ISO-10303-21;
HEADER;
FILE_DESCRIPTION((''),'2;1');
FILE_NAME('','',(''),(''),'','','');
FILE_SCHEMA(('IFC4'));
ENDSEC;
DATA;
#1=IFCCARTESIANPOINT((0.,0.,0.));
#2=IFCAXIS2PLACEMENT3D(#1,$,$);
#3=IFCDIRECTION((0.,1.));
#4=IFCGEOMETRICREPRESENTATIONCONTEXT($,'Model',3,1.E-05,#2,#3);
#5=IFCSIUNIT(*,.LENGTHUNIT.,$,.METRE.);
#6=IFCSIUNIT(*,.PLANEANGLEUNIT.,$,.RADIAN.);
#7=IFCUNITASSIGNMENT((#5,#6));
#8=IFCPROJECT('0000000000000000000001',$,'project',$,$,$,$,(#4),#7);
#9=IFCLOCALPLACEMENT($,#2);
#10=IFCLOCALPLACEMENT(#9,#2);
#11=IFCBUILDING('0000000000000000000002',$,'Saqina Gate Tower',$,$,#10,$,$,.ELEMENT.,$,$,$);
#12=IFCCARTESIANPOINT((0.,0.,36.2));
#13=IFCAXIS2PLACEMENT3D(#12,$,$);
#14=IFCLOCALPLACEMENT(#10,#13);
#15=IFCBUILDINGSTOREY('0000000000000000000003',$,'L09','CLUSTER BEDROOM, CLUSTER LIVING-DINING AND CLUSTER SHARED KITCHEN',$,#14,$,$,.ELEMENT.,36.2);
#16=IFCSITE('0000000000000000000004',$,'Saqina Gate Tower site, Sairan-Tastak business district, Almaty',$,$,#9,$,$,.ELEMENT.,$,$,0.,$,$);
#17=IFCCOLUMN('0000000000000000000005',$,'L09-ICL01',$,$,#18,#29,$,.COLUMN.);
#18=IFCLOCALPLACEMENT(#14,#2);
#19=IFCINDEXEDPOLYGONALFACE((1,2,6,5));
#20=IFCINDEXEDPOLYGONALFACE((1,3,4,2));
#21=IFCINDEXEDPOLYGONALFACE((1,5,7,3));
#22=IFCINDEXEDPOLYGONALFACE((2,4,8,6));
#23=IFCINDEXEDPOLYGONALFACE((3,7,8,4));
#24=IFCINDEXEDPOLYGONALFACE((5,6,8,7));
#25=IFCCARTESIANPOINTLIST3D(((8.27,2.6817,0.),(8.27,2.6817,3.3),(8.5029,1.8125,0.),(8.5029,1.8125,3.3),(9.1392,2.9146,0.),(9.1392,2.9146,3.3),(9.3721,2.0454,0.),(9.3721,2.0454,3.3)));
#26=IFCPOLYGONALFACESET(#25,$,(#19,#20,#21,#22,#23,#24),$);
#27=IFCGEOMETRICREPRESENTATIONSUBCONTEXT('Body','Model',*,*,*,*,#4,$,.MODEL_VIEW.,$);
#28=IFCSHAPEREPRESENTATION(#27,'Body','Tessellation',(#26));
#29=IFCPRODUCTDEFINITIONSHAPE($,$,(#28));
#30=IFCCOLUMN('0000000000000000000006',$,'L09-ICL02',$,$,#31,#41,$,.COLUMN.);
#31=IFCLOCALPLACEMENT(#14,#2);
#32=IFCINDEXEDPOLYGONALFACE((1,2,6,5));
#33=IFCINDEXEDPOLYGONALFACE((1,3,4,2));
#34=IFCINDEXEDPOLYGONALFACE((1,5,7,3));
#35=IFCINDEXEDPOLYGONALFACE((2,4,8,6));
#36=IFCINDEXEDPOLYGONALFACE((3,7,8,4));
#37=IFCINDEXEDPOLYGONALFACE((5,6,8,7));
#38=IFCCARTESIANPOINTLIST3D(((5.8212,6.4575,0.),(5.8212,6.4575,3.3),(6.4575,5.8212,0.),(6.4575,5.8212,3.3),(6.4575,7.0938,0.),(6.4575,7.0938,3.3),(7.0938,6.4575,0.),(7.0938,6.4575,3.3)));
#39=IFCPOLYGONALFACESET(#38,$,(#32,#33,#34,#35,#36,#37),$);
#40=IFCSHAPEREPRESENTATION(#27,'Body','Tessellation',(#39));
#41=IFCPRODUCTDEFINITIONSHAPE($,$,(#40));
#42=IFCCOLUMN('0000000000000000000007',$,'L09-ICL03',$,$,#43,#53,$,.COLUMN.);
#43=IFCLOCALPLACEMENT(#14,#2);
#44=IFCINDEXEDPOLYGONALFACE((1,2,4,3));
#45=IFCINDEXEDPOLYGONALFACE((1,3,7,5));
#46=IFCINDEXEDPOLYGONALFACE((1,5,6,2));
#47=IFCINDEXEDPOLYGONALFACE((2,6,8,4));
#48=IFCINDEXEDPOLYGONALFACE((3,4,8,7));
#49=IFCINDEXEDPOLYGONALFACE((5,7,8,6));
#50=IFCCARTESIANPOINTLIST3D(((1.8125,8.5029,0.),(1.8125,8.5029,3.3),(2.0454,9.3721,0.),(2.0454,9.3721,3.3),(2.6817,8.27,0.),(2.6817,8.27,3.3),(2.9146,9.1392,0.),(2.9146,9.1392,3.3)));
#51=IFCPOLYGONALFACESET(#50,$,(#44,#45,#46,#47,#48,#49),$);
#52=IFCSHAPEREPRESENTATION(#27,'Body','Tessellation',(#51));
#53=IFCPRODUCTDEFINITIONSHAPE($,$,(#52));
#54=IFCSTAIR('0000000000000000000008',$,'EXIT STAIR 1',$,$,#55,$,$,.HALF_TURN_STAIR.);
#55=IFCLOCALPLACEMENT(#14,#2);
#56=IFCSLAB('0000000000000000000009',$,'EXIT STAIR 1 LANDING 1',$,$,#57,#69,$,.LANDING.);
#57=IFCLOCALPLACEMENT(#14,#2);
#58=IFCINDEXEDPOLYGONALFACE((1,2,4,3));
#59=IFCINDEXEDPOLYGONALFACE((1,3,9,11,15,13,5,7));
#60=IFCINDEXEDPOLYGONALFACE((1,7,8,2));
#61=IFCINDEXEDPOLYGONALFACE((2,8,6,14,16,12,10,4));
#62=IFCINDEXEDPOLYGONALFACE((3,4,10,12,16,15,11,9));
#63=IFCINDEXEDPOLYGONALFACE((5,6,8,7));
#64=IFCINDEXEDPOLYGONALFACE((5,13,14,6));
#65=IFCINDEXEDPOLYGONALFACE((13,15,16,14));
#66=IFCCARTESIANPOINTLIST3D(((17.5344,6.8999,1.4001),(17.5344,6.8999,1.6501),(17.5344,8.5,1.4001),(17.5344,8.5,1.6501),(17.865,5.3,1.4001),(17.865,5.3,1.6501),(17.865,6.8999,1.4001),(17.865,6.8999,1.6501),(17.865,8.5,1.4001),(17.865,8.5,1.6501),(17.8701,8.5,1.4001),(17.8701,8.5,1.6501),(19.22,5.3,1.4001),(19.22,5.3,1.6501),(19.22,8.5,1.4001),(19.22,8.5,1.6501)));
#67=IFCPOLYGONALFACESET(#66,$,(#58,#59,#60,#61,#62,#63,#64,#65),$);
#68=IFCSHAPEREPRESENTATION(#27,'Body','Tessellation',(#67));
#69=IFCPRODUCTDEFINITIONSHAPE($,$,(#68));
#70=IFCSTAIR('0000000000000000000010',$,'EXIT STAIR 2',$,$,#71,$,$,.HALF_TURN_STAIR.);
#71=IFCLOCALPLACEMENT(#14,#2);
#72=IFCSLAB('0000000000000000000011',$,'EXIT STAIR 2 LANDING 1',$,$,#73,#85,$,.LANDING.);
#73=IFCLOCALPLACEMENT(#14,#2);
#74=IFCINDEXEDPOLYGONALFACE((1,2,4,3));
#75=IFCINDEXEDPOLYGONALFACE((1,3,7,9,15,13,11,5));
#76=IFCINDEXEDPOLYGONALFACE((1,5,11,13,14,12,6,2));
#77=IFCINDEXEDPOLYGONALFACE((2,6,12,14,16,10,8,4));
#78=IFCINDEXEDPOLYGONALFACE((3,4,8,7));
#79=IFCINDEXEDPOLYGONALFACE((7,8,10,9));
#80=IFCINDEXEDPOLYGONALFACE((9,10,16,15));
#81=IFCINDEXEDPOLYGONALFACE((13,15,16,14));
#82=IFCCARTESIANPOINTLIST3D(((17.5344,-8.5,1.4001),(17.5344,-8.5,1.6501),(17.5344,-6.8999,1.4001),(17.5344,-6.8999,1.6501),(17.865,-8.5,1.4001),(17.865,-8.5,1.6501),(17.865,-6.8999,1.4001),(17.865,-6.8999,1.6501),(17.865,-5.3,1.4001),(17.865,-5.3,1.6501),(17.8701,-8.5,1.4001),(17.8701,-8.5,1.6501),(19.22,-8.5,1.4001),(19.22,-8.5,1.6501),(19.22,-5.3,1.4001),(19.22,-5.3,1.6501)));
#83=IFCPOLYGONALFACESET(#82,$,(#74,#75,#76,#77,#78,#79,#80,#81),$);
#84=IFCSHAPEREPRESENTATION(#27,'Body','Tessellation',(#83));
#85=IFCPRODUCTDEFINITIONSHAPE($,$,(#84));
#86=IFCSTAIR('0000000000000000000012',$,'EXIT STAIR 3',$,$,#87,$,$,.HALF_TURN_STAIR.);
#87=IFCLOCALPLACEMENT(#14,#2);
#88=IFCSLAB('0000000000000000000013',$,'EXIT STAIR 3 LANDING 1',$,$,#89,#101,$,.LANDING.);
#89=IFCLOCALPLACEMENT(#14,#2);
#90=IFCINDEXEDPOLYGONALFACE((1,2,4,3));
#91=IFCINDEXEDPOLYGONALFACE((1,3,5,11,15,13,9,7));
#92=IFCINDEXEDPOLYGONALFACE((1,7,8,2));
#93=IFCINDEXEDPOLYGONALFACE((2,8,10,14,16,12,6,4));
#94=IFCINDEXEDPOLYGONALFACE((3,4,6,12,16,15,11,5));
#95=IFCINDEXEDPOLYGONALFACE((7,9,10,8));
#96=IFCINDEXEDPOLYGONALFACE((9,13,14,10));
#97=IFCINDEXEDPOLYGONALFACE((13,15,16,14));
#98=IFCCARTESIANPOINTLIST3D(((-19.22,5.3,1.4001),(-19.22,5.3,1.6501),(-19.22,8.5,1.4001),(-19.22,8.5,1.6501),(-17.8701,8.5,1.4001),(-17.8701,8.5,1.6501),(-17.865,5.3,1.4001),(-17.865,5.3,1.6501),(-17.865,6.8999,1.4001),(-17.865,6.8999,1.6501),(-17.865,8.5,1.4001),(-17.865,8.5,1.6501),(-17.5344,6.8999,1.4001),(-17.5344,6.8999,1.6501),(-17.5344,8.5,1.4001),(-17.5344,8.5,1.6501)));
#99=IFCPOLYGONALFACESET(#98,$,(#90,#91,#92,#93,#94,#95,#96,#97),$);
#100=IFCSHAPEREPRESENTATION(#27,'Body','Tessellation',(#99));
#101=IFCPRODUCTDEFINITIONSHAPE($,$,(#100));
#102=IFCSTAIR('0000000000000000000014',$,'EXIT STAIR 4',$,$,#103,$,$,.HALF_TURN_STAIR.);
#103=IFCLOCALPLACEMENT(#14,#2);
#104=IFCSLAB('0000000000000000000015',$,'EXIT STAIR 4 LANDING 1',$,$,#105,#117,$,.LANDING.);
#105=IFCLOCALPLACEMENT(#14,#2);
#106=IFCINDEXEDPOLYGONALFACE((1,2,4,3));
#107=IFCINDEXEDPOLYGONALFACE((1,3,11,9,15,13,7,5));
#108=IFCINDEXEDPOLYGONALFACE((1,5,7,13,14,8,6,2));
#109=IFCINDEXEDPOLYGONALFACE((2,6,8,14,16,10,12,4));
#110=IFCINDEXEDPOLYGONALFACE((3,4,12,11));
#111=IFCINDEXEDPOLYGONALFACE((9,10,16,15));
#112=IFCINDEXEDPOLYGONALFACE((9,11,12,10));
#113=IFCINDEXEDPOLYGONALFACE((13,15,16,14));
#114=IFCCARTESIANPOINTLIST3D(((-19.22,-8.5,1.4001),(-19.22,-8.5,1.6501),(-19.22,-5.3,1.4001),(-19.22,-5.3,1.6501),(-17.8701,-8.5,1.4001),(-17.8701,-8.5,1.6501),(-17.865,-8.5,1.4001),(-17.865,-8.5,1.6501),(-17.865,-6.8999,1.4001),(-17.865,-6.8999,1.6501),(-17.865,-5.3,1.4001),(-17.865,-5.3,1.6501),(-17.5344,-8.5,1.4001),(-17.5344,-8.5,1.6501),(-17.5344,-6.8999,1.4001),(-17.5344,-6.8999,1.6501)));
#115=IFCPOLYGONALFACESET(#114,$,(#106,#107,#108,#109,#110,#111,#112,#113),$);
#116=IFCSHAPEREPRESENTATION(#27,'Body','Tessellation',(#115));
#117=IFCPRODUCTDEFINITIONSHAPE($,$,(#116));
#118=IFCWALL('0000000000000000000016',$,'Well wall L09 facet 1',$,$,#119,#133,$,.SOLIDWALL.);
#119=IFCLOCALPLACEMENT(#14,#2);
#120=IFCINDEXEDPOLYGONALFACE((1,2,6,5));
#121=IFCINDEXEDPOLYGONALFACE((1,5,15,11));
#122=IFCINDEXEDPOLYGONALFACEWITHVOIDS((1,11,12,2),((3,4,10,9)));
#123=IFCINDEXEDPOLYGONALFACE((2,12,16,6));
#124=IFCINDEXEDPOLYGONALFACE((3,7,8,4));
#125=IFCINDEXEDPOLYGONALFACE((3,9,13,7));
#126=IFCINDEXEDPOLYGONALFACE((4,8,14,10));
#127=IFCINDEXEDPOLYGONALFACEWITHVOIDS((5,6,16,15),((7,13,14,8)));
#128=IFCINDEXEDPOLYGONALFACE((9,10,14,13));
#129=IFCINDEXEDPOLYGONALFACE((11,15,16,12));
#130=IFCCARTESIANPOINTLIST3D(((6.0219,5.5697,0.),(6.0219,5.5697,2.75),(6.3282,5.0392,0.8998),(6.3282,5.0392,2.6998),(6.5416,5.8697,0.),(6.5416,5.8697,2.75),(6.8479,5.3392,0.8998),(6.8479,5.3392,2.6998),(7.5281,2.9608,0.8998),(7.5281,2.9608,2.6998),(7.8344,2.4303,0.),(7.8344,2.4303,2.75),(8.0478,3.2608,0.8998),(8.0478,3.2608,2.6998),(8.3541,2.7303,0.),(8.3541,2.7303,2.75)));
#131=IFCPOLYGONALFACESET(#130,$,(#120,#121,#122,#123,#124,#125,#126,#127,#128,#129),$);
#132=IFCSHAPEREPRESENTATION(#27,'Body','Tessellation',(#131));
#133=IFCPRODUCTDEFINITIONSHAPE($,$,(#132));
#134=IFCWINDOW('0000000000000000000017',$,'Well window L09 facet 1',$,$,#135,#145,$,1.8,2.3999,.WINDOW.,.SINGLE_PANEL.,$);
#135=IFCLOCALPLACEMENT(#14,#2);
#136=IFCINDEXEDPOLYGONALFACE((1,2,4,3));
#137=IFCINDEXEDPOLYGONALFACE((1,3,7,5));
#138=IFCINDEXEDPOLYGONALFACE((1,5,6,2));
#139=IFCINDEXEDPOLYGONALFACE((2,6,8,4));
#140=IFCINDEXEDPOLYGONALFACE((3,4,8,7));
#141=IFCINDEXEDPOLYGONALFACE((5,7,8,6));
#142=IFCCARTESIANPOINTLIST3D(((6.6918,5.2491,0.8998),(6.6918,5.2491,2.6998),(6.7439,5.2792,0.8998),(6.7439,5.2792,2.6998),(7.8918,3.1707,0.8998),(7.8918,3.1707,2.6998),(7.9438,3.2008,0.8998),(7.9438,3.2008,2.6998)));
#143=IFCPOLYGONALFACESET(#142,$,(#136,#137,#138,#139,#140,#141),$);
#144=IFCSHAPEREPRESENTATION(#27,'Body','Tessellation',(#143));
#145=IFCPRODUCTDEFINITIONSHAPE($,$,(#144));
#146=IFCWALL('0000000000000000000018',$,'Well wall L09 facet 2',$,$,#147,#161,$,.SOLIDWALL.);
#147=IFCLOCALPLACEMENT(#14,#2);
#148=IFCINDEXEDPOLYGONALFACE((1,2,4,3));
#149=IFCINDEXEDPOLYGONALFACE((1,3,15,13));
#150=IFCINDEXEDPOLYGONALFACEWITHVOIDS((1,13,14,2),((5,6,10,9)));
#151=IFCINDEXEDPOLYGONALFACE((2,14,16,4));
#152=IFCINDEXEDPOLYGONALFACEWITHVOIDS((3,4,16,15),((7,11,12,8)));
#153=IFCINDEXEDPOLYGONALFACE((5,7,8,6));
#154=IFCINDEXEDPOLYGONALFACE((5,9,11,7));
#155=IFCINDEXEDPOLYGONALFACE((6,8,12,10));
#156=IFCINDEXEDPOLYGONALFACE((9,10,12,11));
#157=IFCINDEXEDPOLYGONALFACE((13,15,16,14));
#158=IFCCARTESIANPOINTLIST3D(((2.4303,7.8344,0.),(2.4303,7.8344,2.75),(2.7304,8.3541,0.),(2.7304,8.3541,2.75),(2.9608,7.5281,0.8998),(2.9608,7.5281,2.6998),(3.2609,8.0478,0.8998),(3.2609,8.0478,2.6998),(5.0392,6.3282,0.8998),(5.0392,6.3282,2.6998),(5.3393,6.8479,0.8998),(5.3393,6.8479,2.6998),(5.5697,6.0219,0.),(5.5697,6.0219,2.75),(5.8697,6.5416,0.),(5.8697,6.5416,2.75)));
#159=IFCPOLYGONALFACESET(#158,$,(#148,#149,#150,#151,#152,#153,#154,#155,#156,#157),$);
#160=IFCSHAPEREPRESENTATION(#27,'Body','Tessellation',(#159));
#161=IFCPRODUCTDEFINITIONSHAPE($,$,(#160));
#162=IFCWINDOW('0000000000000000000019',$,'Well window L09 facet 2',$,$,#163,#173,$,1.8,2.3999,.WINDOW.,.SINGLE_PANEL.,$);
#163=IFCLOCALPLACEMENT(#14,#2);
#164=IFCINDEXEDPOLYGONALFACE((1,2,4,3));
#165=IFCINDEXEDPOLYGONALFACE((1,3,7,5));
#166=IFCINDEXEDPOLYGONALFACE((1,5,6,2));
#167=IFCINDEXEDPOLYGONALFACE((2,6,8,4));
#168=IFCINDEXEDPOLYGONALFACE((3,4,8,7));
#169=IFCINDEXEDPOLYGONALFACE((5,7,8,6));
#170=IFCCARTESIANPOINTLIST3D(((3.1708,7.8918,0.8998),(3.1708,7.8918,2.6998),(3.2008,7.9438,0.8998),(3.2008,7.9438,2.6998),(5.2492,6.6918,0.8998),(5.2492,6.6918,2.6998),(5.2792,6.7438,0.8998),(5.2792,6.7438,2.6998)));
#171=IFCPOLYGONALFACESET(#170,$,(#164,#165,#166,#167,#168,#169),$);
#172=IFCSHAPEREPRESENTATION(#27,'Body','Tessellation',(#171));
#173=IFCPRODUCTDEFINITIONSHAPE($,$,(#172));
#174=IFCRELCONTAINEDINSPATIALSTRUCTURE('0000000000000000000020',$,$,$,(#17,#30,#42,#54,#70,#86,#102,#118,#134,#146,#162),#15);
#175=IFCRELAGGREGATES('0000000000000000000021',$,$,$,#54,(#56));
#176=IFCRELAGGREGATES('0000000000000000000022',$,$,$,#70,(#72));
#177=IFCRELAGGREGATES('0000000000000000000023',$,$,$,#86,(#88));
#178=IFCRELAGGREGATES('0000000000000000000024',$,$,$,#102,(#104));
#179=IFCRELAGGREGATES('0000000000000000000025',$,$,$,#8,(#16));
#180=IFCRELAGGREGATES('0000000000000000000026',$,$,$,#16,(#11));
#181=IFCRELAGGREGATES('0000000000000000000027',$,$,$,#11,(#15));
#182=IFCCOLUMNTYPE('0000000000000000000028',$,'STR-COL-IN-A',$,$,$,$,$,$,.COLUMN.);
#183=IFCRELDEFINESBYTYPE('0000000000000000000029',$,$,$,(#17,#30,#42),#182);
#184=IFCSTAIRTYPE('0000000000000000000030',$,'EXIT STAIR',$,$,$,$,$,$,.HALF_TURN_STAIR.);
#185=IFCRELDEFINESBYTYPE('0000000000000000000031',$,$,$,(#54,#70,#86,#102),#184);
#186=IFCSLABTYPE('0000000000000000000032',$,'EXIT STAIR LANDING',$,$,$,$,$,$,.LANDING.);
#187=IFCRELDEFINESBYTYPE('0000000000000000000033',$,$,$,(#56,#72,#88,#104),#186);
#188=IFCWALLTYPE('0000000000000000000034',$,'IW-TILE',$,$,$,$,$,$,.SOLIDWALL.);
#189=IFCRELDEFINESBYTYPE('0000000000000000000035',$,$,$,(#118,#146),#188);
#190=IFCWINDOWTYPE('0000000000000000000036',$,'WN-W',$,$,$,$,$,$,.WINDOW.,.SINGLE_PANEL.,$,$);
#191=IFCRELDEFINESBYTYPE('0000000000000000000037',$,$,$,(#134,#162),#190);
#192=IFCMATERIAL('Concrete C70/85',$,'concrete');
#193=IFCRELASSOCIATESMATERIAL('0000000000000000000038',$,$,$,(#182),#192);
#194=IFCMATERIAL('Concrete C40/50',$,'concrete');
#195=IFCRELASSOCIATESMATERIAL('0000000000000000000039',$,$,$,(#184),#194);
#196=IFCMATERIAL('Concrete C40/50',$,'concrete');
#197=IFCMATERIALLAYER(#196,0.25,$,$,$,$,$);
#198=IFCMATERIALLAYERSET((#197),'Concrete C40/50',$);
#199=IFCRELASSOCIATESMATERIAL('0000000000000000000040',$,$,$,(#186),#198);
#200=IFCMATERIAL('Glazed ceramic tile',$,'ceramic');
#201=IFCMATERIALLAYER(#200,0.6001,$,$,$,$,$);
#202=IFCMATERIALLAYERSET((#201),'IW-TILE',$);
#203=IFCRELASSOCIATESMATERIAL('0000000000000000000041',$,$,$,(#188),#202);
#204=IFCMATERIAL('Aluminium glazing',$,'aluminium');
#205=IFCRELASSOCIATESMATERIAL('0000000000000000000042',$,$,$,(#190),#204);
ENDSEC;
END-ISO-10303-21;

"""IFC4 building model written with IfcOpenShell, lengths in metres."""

from ifc_helpers import new_model, si_unit, direction, frame, frame_2d, origin, origin_2d, place, context, subcontext, project, spatial, polyline, rectangle, outline, extrude, material, layer, layer_set, material_profile, profile_set, type_object, element, fill, aggregate, save


model = new_model("IFC4")

# Units and contexts
model_context = context("Model", 3, precision=1e-05, world=origin(), true_north=direction((0.0, 1.0)))
body_context = subcontext(model_context, "Body", "Model", "MODEL_VIEW")
ifc_project = project(units=[si_unit("LENGTHUNIT", "METRE"), si_unit("PLANEANGLEUNIT", "RADIAN")], contexts=[model_context])

# Site, building, storey
site_placement = place(None, origin())
site = spatial("IfcSite", under=ifc_project, at=site_placement, Name="Saqina Gate Tower site, Sairan-Tastak business district, Almaty", CompositionType="ELEMENT", RefElevation=0.0)
building_placement = place(site_placement, origin())
building = spatial("IfcBuilding", under=site, at=building_placement, Name="Saqina Gate Tower", CompositionType="ELEMENT")
storey_placement = place(building_placement, frame((0.0, 0.0, 36.2)))
storey = spatial("IfcBuildingStorey", under=building, at=storey_placement, Name="L09", Description="CLUSTER BEDROOM, CLUSTER LIVING-DINING AND CLUSTER SHARED KITCHEN", CompositionType="ELEMENT", Elevation=36.2)

# Columns
ifc_material_1 = material(Name="Concrete C70/85", Category="concrete")
ifc_material_profile = material_profile(ifc_material_1, rectangle(XDim=0.8999, YDim=0.8999, at=origin_2d()), Name="RC 900x900")
ifc_profile_set = profile_set([ifc_material_profile], Name="Concrete C70/85")
column_type = type_object("IfcColumnType", Name="STR-COL-IN-A", PredefinedType="COLUMN", material=ifc_profile_set)
for number, where, z_axis, x_axis, name in (
    (1, (8.821, 2.3635, 0.0), (0.0, 0.0, 1.0), (0.965926, 0.258819, 0.0), "L09-ICL01"),
    (2, (6.4575, 6.4575, 0.0), (0.0, 0.0, 1.0), (0.707107, 0.707107, 0.0), "L09-ICL02"),
    (3, (2.3635, 8.821, 0.0), (0.0, 0.0, 1.0), (0.258819, 0.965926, 0.0), "L09-ICL03"),
):
    element("IfcColumn", number, at=place(storey_placement, frame(where, z_axis=z_axis, x_axis=x_axis)), inside=storey, type_object=column_type, Name=name, PredefinedType="COLUMN", context=body_context, shape_type="SweptSolid", body=[
        extrude(rectangle(XDim=0.8999, YDim=0.8999, at=origin_2d()), origin(), (0.0, 0.0, 1.0), 3.3),
    ])

# Stairs, slabs
ifc_material_2 = material(Name="Concrete C40/50", Category="concrete")
stair_type = type_object("IfcStairType", Name="EXIT STAIR", PredefinedType="HALF_TURN_STAIR", material=ifc_material_2)
stair_1_placement = place(storey_placement, origin())
stair_1 = element("IfcStair", 4, at=stair_1_placement, inside=storey, type_object=stair_type, Name="EXIT STAIR 1", PredefinedType="HALF_TURN_STAIR")
ifc_material_3 = material(Name="Concrete C40/50", Category="concrete")
ifc_layer_1 = layer(ifc_material_3, 0.25)
ifc_layer_set_1 = layer_set([ifc_layer_1], Name="Concrete C40/50")
slab_type = type_object("IfcSlabType", Name="EXIT STAIR LANDING", PredefinedType="LANDING", material=ifc_layer_set_1)
slab_1_placement = place(storey_placement, frame((0.0, 0.0, 1.4001)))
slab_1 = element("IfcSlab", 5, at=slab_1_placement, type_object=slab_type, Name="EXIT STAIR 1 LANDING 1", PredefinedType="LANDING", context=body_context, shape_type="SweptSolid", body=[
    extrude(outline(polyline([(19.22, 8.5), (19.22, 5.3), (17.865, 5.3), (17.865, 6.8999), (17.5344, 6.8999), (17.5344, 8.5), (17.865, 8.5), (17.8701, 8.5), (19.22, 8.5)])), origin(), (0.0, 0.0, 1.0), 0.25),
])
aggregate(stair_1, [slab_1])
stair_2_placement = place(storey_placement, origin())
stair_2 = element("IfcStair", 6, at=stair_2_placement, inside=storey, type_object=stair_type, Name="EXIT STAIR 2", PredefinedType="HALF_TURN_STAIR")
slab_2_placement = place(storey_placement, frame((0.0, 0.0, 1.4001)))
slab_2 = element("IfcSlab", 7, at=slab_2_placement, type_object=slab_type, Name="EXIT STAIR 2 LANDING 1", PredefinedType="LANDING", context=body_context, shape_type="SweptSolid", body=[
    extrude(outline(polyline([(17.5344, -8.5), (17.5344, -6.8999), (17.865, -6.8999), (17.865, -5.3), (19.22, -5.3), (19.22, -8.5), (17.8701, -8.5), (17.865, -8.5), (17.5344, -8.5)])), origin(), (0.0, 0.0, 1.0), 0.25),
])
aggregate(stair_2, [slab_2])
stair_3_placement = place(storey_placement, origin())
stair_3 = element("IfcStair", 8, at=stair_3_placement, inside=storey, type_object=stair_type, Name="EXIT STAIR 3", PredefinedType="HALF_TURN_STAIR")
slab_3_placement = place(storey_placement, frame((0.0, 0.0, 1.4001)))
slab_3 = element("IfcSlab", 9, at=slab_3_placement, type_object=slab_type, Name="EXIT STAIR 3 LANDING 1", PredefinedType="LANDING", context=body_context, shape_type="SweptSolid", body=[
    extrude(outline(polyline([(-17.865, 5.3), (-19.22, 5.3), (-19.22, 8.5), (-17.8701, 8.5), (-17.865, 8.5), (-17.5344, 8.5), (-17.5344, 6.8999), (-17.865, 6.8999), (-17.865, 5.3)])), origin(), (0.0, 0.0, 1.0), 0.25),
])
aggregate(stair_3, [slab_3])
stair_4_placement = place(storey_placement, origin())
stair_4 = element("IfcStair", 10, at=stair_4_placement, inside=storey, type_object=stair_type, Name="EXIT STAIR 4", PredefinedType="HALF_TURN_STAIR")
slab_4_placement = place(storey_placement, frame((0.0, 0.0, 1.4001)))
slab_4 = element("IfcSlab", 11, at=slab_4_placement, type_object=slab_type, Name="EXIT STAIR 4 LANDING 1", PredefinedType="LANDING", context=body_context, shape_type="SweptSolid", body=[
    extrude(outline(polyline([(-17.5344, -6.8999), (-17.5344, -8.5), (-17.865, -8.5), (-17.8701, -8.5), (-19.22, -8.5), (-19.22, -5.3), (-17.865, -5.3), (-17.865, -6.8999), (-17.5344, -6.8999)])), origin(), (0.0, 0.0, 1.0), 0.25),
])
aggregate(stair_4, [slab_4])

# Walls, openings, windows
ifc_material_4 = material(Name="Glazed ceramic tile", Category="ceramic")
ifc_layer_2 = layer(ifc_material_4, 0.6001)
ifc_layer_set_2 = layer_set([ifc_layer_2], Name="IW-TILE")
wall_type_1 = type_object("IfcWallType", Name="IW-TILE", PredefinedType="SOLIDWALL", material=ifc_layer_set_2)
wall_1_placement = place(storey_placement, frame((8.0942, 2.5803, 0.0), z_axis=(0.0, 0.0, 1.0), x_axis=(-0.499993, 0.86603, 0.0)))
wall_1 = element("IfcWall", 12, at=wall_1_placement, inside=storey, type_object=wall_type_1, Name="Well wall L09 facet 1", PredefinedType="SOLIDWALL", context=body_context, shape_type="SweptSolid", body=[
    extrude(rectangle(XDim=3.625, YDim=0.6001, at=frame_2d((1.8125, 0.0))), origin(), (0.0, 0.0, 1.0), 2.75),
])
opening_1_placement = place(wall_1_placement, frame((0.6125, 0.0, 0.8999)))
opening_1 = element("IfcOpeningElement", 13, at=opening_1_placement, cuts=wall_1, PredefinedType="OPENING", context=body_context, shape_type="SweptSolid", body=[
    extrude(rectangle(XDim=2.3999, YDim=1.8, at=frame_2d((1.2, 0.8999))), frame((0.0, 0.312, 0.0), z_axis=(0.0, -1.0, 0.0), x_axis=(1.0, 0.0, 0.0)), (0.0, 0.0, 1.0), 0.624),
])
ifc_material_5 = material(Name="Aluminium glazing", Category="aluminium")
window_type = type_object("IfcWindowType", Name="WN-W", PartitioningType="SINGLE_PANEL", PredefinedType="WINDOW", material=ifc_material_5)
window_1_placement = place(opening_1_placement, origin())
window_1 = element("IfcWindow", 14, at=window_1_placement, inside=storey, type_object=window_type, Name="Well window L09 facet 1", OverallHeight=1.8, OverallWidth=2.3999, PartitioningType="SINGLE_PANEL", PredefinedType="WINDOW", context=body_context, shape_type="SweptSolid", body=[
    extrude(rectangle(XDim=2.3999, YDim=1.8, at=frame_2d((1.2, 0.8999))), frame((0.0, -0.1199, 0.0), z_axis=(0.0, -1.0, 0.0), x_axis=(1.0, 0.0, 0.0)), (0.0, 0.0, 1.0), 0.0601),
])
fill(opening_1, window_1)
wall_2_placement = place(storey_placement, frame((5.7197, 6.2817, 0.0), z_axis=(0.0, 0.0, 1.0), x_axis=(-0.86603, 0.499993, 0.0)))
wall_2 = element("IfcWall", 15, at=wall_2_placement, inside=storey, type_object=wall_type_1, Name="Well wall L09 facet 2", PredefinedType="SOLIDWALL", context=body_context, shape_type="SweptSolid", body=[
    extrude(rectangle(XDim=3.625, YDim=0.6001, at=frame_2d((1.8125, 0.0))), origin(), (0.0, 0.0, 1.0), 2.75),
])
opening_2_placement = place(wall_2_placement, frame((0.6125, 0.0, 0.8999)))
opening_2 = element("IfcOpeningElement", 16, at=opening_2_placement, cuts=wall_2, PredefinedType="OPENING", context=body_context, shape_type="SweptSolid", body=[
    extrude(rectangle(XDim=2.3999, YDim=1.8, at=frame_2d((1.2, 0.8999))), frame((0.0, 0.312, 0.0), z_axis=(0.0, -1.0, 0.0), x_axis=(1.0, 0.0, 0.0)), (0.0, 0.0, 1.0), 0.624),
])
window_2_placement = place(opening_2_placement, origin())
window_2 = element("IfcWindow", 17, at=window_2_placement, inside=storey, type_object=window_type, Name="Well window L09 facet 2", OverallHeight=1.8, OverallWidth=2.3999, PartitioningType="SINGLE_PANEL", PredefinedType="WINDOW", context=body_context, shape_type="SweptSolid", body=[
    extrude(rectangle(XDim=2.3999, YDim=1.8, at=frame_2d((1.2, 0.8999))), frame((0.0, -0.1199, 0.0), z_axis=(0.0, -1.0, 0.0), x_axis=(1.0, 0.0, 0.0)), (0.0, 0.0, 1.0), 0.0601),
])
fill(opening_2, window_2)

save(model, "model.ifc")
